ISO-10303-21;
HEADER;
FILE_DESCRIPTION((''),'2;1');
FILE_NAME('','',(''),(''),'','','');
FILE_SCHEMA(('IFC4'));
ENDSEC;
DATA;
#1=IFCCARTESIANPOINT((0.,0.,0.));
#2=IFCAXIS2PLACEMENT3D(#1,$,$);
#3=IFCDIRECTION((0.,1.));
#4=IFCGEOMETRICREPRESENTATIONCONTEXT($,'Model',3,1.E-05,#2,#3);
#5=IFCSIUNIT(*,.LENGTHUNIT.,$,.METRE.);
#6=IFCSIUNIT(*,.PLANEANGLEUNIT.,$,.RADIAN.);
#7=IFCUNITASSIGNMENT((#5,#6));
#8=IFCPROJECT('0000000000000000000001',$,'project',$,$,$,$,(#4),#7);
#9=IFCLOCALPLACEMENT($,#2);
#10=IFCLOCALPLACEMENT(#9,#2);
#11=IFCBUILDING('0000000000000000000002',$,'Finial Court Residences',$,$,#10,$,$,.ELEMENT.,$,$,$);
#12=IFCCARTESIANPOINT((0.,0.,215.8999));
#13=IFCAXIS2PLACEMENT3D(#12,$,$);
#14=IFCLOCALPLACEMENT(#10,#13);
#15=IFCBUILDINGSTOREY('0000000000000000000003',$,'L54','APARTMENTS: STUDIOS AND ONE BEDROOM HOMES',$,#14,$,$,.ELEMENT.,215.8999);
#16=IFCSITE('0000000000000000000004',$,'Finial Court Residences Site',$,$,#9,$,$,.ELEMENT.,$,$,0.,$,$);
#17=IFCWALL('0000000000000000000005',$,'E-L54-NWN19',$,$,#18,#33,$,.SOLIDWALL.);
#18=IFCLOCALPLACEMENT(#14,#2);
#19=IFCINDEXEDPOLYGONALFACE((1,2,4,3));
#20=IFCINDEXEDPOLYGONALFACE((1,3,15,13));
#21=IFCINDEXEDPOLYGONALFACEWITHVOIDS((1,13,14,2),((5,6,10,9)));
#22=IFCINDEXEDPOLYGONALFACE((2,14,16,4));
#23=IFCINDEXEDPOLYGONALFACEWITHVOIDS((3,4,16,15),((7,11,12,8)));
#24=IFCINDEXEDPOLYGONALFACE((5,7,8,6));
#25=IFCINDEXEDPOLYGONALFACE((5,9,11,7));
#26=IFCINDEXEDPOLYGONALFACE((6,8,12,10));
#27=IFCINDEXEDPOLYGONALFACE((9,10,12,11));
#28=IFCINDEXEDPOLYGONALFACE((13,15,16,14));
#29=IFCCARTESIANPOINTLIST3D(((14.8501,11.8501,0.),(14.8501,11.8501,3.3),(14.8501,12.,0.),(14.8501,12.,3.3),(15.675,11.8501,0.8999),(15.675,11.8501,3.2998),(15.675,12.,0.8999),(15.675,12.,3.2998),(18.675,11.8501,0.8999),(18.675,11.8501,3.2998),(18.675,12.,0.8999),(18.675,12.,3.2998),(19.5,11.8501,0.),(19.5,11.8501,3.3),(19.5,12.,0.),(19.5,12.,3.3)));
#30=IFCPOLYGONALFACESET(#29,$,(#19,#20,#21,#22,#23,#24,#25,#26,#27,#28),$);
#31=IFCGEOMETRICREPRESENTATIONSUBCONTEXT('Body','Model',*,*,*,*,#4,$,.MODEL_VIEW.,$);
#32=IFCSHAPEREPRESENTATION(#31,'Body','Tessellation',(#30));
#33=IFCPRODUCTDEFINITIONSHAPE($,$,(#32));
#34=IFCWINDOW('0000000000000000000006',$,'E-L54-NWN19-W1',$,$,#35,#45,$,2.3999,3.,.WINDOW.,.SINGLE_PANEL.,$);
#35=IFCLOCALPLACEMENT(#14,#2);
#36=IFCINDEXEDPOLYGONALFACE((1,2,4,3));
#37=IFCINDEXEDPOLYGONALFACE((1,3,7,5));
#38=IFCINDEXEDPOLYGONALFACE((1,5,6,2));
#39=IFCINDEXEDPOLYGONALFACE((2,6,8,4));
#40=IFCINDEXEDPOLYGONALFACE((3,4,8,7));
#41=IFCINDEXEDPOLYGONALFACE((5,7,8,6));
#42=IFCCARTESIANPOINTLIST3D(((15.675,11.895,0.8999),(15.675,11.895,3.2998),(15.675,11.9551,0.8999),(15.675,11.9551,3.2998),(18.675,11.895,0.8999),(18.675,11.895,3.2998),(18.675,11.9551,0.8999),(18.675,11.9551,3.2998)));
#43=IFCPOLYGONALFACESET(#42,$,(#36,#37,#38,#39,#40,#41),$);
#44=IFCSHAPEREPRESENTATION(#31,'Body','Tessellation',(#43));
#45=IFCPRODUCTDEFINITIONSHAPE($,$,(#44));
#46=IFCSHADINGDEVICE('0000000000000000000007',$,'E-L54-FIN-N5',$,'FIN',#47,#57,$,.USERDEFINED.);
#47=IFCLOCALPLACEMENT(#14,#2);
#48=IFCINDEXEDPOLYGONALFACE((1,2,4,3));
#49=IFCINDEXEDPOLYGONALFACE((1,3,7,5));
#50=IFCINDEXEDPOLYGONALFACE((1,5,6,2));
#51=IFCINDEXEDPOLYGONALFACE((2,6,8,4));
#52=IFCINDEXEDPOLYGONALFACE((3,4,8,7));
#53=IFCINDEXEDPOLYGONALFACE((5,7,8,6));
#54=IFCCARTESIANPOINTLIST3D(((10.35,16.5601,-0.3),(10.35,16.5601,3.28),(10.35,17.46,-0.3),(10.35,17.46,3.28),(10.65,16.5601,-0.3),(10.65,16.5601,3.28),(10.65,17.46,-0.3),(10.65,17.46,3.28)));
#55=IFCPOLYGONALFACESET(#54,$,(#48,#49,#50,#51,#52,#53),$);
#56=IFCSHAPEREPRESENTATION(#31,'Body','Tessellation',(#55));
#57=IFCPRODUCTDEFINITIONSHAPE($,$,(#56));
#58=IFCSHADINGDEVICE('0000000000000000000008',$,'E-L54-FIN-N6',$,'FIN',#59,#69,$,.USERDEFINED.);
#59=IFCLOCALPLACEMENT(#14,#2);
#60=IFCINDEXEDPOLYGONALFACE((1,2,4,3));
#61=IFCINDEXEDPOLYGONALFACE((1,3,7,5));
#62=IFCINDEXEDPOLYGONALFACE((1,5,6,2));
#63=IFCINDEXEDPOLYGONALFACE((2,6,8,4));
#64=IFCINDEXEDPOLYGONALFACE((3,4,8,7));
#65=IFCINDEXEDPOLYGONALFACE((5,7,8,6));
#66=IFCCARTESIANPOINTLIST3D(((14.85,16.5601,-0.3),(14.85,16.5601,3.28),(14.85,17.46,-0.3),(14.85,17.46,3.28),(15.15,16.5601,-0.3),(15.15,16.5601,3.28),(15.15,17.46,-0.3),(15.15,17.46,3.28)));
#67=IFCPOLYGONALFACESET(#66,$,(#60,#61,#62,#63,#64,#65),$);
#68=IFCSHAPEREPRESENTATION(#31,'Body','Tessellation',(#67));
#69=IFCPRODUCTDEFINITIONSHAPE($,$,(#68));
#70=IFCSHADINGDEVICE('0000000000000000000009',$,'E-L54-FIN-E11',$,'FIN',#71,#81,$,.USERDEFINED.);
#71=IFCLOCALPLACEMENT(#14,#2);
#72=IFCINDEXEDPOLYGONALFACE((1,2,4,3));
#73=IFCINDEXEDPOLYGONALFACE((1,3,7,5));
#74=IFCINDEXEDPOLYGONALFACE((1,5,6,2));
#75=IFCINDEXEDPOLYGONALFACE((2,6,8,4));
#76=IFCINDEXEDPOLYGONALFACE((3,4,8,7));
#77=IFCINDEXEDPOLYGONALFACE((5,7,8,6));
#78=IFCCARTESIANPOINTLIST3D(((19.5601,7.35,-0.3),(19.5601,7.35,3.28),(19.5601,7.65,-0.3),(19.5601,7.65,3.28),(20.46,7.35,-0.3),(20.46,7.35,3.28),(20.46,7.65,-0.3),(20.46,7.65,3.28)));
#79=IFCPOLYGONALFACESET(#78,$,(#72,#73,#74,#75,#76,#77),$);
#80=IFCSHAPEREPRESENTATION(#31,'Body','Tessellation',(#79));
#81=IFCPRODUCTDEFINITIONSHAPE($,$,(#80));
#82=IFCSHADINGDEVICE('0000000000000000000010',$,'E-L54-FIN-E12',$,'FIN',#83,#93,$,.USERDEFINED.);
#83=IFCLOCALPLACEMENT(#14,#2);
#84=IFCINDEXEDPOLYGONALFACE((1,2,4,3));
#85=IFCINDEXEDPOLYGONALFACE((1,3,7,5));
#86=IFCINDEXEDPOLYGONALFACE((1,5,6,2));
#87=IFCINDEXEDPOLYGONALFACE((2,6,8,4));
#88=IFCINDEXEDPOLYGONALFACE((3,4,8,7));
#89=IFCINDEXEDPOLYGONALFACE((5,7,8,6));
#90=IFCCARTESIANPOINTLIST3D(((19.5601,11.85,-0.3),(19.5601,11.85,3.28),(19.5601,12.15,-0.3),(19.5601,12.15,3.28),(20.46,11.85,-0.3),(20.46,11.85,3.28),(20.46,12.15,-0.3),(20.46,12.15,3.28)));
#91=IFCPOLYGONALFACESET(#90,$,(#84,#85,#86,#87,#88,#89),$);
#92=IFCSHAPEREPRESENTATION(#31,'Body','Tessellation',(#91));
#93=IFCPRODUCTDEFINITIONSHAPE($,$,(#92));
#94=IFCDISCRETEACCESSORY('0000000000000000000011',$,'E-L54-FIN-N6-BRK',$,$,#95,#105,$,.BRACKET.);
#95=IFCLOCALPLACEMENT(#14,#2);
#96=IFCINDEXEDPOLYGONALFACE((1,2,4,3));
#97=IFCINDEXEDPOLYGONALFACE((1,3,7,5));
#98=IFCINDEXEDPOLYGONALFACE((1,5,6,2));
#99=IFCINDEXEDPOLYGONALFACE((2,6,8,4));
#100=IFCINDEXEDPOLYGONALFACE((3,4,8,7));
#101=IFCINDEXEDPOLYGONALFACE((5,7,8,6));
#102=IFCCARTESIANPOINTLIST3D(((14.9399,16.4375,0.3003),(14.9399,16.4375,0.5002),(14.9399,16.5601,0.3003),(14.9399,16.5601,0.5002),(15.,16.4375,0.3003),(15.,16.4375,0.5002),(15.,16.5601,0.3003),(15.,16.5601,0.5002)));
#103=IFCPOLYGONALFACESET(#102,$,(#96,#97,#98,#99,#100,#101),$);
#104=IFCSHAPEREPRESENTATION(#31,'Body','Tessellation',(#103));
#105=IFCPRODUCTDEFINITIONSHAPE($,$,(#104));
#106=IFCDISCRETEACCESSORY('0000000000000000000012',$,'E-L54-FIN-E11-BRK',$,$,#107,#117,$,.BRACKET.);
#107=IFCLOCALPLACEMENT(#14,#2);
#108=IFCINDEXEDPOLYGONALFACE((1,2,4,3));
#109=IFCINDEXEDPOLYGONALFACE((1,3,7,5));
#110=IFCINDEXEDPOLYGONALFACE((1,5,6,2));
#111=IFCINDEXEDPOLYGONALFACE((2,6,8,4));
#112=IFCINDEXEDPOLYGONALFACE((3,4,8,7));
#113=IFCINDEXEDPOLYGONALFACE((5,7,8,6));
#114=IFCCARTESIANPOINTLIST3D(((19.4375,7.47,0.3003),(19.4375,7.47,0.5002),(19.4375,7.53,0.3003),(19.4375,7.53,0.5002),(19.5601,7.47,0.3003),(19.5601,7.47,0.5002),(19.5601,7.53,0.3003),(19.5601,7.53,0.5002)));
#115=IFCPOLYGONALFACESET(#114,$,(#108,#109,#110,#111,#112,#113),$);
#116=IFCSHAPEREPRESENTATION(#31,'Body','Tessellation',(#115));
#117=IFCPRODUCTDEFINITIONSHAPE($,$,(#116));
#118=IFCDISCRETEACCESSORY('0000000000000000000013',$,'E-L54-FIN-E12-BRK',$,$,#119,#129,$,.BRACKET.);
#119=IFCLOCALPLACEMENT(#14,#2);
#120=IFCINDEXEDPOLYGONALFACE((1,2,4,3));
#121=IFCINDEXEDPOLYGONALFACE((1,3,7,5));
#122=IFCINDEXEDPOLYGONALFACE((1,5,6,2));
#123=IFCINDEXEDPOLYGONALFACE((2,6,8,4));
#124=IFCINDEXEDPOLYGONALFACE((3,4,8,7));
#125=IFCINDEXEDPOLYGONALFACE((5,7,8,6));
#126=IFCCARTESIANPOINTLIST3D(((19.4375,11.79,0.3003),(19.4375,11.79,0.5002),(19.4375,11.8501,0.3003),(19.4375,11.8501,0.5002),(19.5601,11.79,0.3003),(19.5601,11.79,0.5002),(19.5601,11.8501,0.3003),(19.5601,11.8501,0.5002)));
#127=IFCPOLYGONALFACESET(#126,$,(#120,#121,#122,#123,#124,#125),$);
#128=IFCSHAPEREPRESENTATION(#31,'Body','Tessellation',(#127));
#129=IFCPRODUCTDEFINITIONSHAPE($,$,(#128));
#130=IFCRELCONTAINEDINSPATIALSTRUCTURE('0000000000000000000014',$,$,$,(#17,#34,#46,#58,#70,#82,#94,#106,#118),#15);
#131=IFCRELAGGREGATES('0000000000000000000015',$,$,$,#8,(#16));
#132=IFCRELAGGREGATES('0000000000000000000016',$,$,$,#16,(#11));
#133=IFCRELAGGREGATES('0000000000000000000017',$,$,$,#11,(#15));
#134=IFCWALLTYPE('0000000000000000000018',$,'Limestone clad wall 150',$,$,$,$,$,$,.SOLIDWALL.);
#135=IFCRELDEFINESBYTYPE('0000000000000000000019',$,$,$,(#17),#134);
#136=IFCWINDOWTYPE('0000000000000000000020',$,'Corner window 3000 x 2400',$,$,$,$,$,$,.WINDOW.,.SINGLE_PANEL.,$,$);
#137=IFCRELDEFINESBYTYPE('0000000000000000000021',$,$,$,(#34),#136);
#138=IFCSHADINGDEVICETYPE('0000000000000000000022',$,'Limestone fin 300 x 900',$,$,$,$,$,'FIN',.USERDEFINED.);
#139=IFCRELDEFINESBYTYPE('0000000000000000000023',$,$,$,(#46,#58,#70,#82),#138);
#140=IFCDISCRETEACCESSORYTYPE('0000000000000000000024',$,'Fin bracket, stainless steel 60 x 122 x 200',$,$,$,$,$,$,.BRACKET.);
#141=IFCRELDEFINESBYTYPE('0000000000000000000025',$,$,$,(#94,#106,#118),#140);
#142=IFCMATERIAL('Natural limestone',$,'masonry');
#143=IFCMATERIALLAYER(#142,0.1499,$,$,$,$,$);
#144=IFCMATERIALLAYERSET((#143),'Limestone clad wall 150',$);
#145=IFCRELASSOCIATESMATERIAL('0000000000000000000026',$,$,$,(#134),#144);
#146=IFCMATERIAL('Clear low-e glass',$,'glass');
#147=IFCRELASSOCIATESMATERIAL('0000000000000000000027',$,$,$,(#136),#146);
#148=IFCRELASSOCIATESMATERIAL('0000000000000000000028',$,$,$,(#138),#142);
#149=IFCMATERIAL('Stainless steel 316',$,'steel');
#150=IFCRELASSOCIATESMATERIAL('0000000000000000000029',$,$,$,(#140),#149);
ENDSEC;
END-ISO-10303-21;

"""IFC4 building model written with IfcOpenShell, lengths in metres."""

from ifc_helpers import new_model, si_unit, direction, frame, frame_2d, origin, origin_2d, place, context, subcontext, project, spatial, rectangle, extrude, material, layer, layer_set, type_object, element, fill, save


model = new_model("IFC4")

# Units and contexts
model_context = context("Model", 3, precision=1e-05, world=origin(), true_north=direction((0.0, 1.0)))
body_context = subcontext(model_context, "Body", "Model", "MODEL_VIEW")
ifc_project = project(units=[si_unit("LENGTHUNIT", "METRE"), si_unit("PLANEANGLEUNIT", "RADIAN")], contexts=[model_context])

# Site, building, storey
site_placement = place(None, origin())
site = spatial("IfcSite", under=ifc_project, at=site_placement, Name="Finial Court Residences Site", CompositionType="ELEMENT", RefElevation=0.0)
building_placement = place(site_placement, origin())
building = spatial("IfcBuilding", under=site, at=building_placement, Name="Finial Court Residences", CompositionType="ELEMENT")
storey_placement = place(building_placement, frame((0.0, 0.0, 215.8999)))
storey = spatial("IfcBuildingStorey", under=building, at=storey_placement, Name="L54", Description="APARTMENTS: STUDIOS AND ONE BEDROOM HOMES", CompositionType="ELEMENT", Elevation=215.8999)

# Shared definitions
ifc_material_1 = material(Name="Clear low-e glass", Category="glass")

# Wall, opening, window
ifc_material_2 = material(Name="Natural limestone", Category="masonry")
ifc_layer_1 = layer(ifc_material_2, 0.1499)
ifc_layer_set_1 = layer_set([ifc_layer_1], Name="Limestone clad wall 150")
wall_type_1 = type_object("IfcWallType", Name="Limestone clad wall 150", PredefinedType="SOLIDWALL", material=ifc_layer_set_1)
window_type = type_object("IfcWindowType", Name="Corner window 3000 x 2400", PartitioningType="SINGLE_PANEL", PredefinedType="WINDOW", material=ifc_material_1)
wall_1_placement = place(storey_placement, frame((14.8501, 11.925, 0.0), z_axis=(0.0, 0.0, 1.0), x_axis=(1.0, 0.0, 0.0)))
wall_1 = element("IfcWall", 1, at=wall_1_placement, inside=storey, type_object=wall_type_1, Name="E-L54-NWN19", PredefinedType="SOLIDWALL", context=body_context, shape_type="SweptSolid", body=[
    extrude(rectangle(XDim=4.6499, YDim=0.1499, at=frame_2d((2.325, 0.0))), origin(), (0.0, 0.0, 1.0), 3.3),
])
opening_1_placement = place(wall_1_placement, frame((0.825, 0.0, 0.8999)))
opening_1 = element("IfcOpeningElement", 2, at=opening_1_placement, cuts=wall_1, PredefinedType="OPENING", context=body_context, shape_type="SweptSolid", body=[
    extrude(rectangle(XDim=3.0, YDim=2.3999, at=frame_2d((1.5, 1.2))), frame((0.0, 0.085, 0.0), z_axis=(0.0, -1.0, 0.0), x_axis=(1.0, 0.0, 0.0)), (0.0, 0.0, 1.0), 0.1699),
])
window_1_placement = place(opening_1_placement, origin())
window_1 = element("IfcWindow", 3, at=window_1_placement, inside=storey, type_object=window_type, Name="E-L54-NWN19-W1", OverallHeight=2.3999, OverallWidth=3.0, PartitioningType="SINGLE_PANEL", PredefinedType="WINDOW", context=body_context, shape_type="SweptSolid", body=[
    extrude(rectangle(XDim=3.0, YDim=2.3999, at=frame_2d((1.5, 1.2))), frame((0.0, 0.03, 0.0), z_axis=(0.0, -1.0, 0.0), x_axis=(1.0, 0.0, 0.0)), (0.0, 0.0, 1.0), 0.0601),
])
fill(opening_1, window_1)

# Shading devices
shading_device_type = type_object("IfcShadingDeviceType", Name="Limestone fin 300 x 900", ElementType="FIN", PredefinedType="USERDEFINED", material=ifc_material_2)
for number, where, z_axis, x_axis, name in (
    (4, (10.5, 17.01, -0.3), (0.0, 0.0, 1.0), (1.0, 0.0, 0.0), "E-L54-FIN-N5"),
    (5, (15.0, 17.01, -0.3), (0.0, 0.0, 1.0), (1.0, 0.0, 0.0), "E-L54-FIN-N6"),
):
    element("IfcShadingDevice", number, at=place(storey_placement, frame(where, z_axis=z_axis, x_axis=x_axis)), inside=storey, type_object=shading_device_type, Name=name, ObjectType="FIN", PredefinedType="USERDEFINED", context=body_context, shape_type="SweptSolid", body=[
        extrude(rectangle(XDim=0.3, YDim=0.8999, at=origin_2d()), origin(), (0.0, 0.0, 1.0), 3.5801),
    ])
for number, where, z_axis, x_axis, name in (
    (6, (20.01, 7.5, -0.3), (0.0, 0.0, 1.0), (1.0, 0.0, 0.0), "E-L54-FIN-E11"),
    (7, (20.01, 12.0, -0.3), (0.0, 0.0, 1.0), (1.0, 0.0, 0.0), "E-L54-FIN-E12"),
):
    element("IfcShadingDevice", number, at=place(storey_placement, frame(where, z_axis=z_axis, x_axis=x_axis)), inside=storey, type_object=shading_device_type, Name=name, ObjectType="FIN", PredefinedType="USERDEFINED", context=body_context, shape_type="SweptSolid", body=[
        extrude(rectangle(XDim=0.8999, YDim=0.3, at=origin_2d()), origin(), (0.0, 0.0, 1.0), 3.5801),
    ])

# Discrete accessories
ifc_material_3 = material(Name="Stainless steel 316", Category="steel")
discrete_accessory_type = type_object("IfcDiscreteAccessoryType", Name="Fin bracket, stainless steel 60 x 122 x 200", PredefinedType="BRACKET", material=ifc_material_3)
discrete_accessory_placement = place(storey_placement, frame((14.97, 16.4988, 0.3003), z_axis=(0.0, 0.0, 1.0), x_axis=(1.0, 0.0, 0.0)))
element("IfcDiscreteAccessory", 8, at=discrete_accessory_placement, inside=storey, type_object=discrete_accessory_type, Name="E-L54-FIN-N6-BRK", PredefinedType="BRACKET", context=body_context, shape_type="SweptSolid", body=[
    extrude(rectangle(XDim=0.0601, YDim=0.1226, at=origin_2d()), origin(), (0.0, 0.0, 1.0), 0.2),
])
for number, where, z_axis, x_axis, name in (
    (9, (19.4988, 7.5, 0.3003), (0.0, 0.0, 1.0), (1.0, 0.0, 0.0), "E-L54-FIN-E11-BRK"),
    (10, (19.4988, 11.8201, 0.3003), (0.0, 0.0, 1.0), (1.0, 0.0, 0.0), "E-L54-FIN-E12-BRK"),
):
    element("IfcDiscreteAccessory", number, at=place(storey_placement, frame(where, z_axis=z_axis, x_axis=x_axis)), inside=storey, type_object=discrete_accessory_type, Name=name, PredefinedType="BRACKET", context=body_context, shape_type="SweptSolid", body=[
        extrude(rectangle(XDim=0.1226, YDim=0.0601, at=origin_2d()), origin(), (0.0, 0.0, 1.0), 0.2),
    ])

save(model, "model.ifc")
